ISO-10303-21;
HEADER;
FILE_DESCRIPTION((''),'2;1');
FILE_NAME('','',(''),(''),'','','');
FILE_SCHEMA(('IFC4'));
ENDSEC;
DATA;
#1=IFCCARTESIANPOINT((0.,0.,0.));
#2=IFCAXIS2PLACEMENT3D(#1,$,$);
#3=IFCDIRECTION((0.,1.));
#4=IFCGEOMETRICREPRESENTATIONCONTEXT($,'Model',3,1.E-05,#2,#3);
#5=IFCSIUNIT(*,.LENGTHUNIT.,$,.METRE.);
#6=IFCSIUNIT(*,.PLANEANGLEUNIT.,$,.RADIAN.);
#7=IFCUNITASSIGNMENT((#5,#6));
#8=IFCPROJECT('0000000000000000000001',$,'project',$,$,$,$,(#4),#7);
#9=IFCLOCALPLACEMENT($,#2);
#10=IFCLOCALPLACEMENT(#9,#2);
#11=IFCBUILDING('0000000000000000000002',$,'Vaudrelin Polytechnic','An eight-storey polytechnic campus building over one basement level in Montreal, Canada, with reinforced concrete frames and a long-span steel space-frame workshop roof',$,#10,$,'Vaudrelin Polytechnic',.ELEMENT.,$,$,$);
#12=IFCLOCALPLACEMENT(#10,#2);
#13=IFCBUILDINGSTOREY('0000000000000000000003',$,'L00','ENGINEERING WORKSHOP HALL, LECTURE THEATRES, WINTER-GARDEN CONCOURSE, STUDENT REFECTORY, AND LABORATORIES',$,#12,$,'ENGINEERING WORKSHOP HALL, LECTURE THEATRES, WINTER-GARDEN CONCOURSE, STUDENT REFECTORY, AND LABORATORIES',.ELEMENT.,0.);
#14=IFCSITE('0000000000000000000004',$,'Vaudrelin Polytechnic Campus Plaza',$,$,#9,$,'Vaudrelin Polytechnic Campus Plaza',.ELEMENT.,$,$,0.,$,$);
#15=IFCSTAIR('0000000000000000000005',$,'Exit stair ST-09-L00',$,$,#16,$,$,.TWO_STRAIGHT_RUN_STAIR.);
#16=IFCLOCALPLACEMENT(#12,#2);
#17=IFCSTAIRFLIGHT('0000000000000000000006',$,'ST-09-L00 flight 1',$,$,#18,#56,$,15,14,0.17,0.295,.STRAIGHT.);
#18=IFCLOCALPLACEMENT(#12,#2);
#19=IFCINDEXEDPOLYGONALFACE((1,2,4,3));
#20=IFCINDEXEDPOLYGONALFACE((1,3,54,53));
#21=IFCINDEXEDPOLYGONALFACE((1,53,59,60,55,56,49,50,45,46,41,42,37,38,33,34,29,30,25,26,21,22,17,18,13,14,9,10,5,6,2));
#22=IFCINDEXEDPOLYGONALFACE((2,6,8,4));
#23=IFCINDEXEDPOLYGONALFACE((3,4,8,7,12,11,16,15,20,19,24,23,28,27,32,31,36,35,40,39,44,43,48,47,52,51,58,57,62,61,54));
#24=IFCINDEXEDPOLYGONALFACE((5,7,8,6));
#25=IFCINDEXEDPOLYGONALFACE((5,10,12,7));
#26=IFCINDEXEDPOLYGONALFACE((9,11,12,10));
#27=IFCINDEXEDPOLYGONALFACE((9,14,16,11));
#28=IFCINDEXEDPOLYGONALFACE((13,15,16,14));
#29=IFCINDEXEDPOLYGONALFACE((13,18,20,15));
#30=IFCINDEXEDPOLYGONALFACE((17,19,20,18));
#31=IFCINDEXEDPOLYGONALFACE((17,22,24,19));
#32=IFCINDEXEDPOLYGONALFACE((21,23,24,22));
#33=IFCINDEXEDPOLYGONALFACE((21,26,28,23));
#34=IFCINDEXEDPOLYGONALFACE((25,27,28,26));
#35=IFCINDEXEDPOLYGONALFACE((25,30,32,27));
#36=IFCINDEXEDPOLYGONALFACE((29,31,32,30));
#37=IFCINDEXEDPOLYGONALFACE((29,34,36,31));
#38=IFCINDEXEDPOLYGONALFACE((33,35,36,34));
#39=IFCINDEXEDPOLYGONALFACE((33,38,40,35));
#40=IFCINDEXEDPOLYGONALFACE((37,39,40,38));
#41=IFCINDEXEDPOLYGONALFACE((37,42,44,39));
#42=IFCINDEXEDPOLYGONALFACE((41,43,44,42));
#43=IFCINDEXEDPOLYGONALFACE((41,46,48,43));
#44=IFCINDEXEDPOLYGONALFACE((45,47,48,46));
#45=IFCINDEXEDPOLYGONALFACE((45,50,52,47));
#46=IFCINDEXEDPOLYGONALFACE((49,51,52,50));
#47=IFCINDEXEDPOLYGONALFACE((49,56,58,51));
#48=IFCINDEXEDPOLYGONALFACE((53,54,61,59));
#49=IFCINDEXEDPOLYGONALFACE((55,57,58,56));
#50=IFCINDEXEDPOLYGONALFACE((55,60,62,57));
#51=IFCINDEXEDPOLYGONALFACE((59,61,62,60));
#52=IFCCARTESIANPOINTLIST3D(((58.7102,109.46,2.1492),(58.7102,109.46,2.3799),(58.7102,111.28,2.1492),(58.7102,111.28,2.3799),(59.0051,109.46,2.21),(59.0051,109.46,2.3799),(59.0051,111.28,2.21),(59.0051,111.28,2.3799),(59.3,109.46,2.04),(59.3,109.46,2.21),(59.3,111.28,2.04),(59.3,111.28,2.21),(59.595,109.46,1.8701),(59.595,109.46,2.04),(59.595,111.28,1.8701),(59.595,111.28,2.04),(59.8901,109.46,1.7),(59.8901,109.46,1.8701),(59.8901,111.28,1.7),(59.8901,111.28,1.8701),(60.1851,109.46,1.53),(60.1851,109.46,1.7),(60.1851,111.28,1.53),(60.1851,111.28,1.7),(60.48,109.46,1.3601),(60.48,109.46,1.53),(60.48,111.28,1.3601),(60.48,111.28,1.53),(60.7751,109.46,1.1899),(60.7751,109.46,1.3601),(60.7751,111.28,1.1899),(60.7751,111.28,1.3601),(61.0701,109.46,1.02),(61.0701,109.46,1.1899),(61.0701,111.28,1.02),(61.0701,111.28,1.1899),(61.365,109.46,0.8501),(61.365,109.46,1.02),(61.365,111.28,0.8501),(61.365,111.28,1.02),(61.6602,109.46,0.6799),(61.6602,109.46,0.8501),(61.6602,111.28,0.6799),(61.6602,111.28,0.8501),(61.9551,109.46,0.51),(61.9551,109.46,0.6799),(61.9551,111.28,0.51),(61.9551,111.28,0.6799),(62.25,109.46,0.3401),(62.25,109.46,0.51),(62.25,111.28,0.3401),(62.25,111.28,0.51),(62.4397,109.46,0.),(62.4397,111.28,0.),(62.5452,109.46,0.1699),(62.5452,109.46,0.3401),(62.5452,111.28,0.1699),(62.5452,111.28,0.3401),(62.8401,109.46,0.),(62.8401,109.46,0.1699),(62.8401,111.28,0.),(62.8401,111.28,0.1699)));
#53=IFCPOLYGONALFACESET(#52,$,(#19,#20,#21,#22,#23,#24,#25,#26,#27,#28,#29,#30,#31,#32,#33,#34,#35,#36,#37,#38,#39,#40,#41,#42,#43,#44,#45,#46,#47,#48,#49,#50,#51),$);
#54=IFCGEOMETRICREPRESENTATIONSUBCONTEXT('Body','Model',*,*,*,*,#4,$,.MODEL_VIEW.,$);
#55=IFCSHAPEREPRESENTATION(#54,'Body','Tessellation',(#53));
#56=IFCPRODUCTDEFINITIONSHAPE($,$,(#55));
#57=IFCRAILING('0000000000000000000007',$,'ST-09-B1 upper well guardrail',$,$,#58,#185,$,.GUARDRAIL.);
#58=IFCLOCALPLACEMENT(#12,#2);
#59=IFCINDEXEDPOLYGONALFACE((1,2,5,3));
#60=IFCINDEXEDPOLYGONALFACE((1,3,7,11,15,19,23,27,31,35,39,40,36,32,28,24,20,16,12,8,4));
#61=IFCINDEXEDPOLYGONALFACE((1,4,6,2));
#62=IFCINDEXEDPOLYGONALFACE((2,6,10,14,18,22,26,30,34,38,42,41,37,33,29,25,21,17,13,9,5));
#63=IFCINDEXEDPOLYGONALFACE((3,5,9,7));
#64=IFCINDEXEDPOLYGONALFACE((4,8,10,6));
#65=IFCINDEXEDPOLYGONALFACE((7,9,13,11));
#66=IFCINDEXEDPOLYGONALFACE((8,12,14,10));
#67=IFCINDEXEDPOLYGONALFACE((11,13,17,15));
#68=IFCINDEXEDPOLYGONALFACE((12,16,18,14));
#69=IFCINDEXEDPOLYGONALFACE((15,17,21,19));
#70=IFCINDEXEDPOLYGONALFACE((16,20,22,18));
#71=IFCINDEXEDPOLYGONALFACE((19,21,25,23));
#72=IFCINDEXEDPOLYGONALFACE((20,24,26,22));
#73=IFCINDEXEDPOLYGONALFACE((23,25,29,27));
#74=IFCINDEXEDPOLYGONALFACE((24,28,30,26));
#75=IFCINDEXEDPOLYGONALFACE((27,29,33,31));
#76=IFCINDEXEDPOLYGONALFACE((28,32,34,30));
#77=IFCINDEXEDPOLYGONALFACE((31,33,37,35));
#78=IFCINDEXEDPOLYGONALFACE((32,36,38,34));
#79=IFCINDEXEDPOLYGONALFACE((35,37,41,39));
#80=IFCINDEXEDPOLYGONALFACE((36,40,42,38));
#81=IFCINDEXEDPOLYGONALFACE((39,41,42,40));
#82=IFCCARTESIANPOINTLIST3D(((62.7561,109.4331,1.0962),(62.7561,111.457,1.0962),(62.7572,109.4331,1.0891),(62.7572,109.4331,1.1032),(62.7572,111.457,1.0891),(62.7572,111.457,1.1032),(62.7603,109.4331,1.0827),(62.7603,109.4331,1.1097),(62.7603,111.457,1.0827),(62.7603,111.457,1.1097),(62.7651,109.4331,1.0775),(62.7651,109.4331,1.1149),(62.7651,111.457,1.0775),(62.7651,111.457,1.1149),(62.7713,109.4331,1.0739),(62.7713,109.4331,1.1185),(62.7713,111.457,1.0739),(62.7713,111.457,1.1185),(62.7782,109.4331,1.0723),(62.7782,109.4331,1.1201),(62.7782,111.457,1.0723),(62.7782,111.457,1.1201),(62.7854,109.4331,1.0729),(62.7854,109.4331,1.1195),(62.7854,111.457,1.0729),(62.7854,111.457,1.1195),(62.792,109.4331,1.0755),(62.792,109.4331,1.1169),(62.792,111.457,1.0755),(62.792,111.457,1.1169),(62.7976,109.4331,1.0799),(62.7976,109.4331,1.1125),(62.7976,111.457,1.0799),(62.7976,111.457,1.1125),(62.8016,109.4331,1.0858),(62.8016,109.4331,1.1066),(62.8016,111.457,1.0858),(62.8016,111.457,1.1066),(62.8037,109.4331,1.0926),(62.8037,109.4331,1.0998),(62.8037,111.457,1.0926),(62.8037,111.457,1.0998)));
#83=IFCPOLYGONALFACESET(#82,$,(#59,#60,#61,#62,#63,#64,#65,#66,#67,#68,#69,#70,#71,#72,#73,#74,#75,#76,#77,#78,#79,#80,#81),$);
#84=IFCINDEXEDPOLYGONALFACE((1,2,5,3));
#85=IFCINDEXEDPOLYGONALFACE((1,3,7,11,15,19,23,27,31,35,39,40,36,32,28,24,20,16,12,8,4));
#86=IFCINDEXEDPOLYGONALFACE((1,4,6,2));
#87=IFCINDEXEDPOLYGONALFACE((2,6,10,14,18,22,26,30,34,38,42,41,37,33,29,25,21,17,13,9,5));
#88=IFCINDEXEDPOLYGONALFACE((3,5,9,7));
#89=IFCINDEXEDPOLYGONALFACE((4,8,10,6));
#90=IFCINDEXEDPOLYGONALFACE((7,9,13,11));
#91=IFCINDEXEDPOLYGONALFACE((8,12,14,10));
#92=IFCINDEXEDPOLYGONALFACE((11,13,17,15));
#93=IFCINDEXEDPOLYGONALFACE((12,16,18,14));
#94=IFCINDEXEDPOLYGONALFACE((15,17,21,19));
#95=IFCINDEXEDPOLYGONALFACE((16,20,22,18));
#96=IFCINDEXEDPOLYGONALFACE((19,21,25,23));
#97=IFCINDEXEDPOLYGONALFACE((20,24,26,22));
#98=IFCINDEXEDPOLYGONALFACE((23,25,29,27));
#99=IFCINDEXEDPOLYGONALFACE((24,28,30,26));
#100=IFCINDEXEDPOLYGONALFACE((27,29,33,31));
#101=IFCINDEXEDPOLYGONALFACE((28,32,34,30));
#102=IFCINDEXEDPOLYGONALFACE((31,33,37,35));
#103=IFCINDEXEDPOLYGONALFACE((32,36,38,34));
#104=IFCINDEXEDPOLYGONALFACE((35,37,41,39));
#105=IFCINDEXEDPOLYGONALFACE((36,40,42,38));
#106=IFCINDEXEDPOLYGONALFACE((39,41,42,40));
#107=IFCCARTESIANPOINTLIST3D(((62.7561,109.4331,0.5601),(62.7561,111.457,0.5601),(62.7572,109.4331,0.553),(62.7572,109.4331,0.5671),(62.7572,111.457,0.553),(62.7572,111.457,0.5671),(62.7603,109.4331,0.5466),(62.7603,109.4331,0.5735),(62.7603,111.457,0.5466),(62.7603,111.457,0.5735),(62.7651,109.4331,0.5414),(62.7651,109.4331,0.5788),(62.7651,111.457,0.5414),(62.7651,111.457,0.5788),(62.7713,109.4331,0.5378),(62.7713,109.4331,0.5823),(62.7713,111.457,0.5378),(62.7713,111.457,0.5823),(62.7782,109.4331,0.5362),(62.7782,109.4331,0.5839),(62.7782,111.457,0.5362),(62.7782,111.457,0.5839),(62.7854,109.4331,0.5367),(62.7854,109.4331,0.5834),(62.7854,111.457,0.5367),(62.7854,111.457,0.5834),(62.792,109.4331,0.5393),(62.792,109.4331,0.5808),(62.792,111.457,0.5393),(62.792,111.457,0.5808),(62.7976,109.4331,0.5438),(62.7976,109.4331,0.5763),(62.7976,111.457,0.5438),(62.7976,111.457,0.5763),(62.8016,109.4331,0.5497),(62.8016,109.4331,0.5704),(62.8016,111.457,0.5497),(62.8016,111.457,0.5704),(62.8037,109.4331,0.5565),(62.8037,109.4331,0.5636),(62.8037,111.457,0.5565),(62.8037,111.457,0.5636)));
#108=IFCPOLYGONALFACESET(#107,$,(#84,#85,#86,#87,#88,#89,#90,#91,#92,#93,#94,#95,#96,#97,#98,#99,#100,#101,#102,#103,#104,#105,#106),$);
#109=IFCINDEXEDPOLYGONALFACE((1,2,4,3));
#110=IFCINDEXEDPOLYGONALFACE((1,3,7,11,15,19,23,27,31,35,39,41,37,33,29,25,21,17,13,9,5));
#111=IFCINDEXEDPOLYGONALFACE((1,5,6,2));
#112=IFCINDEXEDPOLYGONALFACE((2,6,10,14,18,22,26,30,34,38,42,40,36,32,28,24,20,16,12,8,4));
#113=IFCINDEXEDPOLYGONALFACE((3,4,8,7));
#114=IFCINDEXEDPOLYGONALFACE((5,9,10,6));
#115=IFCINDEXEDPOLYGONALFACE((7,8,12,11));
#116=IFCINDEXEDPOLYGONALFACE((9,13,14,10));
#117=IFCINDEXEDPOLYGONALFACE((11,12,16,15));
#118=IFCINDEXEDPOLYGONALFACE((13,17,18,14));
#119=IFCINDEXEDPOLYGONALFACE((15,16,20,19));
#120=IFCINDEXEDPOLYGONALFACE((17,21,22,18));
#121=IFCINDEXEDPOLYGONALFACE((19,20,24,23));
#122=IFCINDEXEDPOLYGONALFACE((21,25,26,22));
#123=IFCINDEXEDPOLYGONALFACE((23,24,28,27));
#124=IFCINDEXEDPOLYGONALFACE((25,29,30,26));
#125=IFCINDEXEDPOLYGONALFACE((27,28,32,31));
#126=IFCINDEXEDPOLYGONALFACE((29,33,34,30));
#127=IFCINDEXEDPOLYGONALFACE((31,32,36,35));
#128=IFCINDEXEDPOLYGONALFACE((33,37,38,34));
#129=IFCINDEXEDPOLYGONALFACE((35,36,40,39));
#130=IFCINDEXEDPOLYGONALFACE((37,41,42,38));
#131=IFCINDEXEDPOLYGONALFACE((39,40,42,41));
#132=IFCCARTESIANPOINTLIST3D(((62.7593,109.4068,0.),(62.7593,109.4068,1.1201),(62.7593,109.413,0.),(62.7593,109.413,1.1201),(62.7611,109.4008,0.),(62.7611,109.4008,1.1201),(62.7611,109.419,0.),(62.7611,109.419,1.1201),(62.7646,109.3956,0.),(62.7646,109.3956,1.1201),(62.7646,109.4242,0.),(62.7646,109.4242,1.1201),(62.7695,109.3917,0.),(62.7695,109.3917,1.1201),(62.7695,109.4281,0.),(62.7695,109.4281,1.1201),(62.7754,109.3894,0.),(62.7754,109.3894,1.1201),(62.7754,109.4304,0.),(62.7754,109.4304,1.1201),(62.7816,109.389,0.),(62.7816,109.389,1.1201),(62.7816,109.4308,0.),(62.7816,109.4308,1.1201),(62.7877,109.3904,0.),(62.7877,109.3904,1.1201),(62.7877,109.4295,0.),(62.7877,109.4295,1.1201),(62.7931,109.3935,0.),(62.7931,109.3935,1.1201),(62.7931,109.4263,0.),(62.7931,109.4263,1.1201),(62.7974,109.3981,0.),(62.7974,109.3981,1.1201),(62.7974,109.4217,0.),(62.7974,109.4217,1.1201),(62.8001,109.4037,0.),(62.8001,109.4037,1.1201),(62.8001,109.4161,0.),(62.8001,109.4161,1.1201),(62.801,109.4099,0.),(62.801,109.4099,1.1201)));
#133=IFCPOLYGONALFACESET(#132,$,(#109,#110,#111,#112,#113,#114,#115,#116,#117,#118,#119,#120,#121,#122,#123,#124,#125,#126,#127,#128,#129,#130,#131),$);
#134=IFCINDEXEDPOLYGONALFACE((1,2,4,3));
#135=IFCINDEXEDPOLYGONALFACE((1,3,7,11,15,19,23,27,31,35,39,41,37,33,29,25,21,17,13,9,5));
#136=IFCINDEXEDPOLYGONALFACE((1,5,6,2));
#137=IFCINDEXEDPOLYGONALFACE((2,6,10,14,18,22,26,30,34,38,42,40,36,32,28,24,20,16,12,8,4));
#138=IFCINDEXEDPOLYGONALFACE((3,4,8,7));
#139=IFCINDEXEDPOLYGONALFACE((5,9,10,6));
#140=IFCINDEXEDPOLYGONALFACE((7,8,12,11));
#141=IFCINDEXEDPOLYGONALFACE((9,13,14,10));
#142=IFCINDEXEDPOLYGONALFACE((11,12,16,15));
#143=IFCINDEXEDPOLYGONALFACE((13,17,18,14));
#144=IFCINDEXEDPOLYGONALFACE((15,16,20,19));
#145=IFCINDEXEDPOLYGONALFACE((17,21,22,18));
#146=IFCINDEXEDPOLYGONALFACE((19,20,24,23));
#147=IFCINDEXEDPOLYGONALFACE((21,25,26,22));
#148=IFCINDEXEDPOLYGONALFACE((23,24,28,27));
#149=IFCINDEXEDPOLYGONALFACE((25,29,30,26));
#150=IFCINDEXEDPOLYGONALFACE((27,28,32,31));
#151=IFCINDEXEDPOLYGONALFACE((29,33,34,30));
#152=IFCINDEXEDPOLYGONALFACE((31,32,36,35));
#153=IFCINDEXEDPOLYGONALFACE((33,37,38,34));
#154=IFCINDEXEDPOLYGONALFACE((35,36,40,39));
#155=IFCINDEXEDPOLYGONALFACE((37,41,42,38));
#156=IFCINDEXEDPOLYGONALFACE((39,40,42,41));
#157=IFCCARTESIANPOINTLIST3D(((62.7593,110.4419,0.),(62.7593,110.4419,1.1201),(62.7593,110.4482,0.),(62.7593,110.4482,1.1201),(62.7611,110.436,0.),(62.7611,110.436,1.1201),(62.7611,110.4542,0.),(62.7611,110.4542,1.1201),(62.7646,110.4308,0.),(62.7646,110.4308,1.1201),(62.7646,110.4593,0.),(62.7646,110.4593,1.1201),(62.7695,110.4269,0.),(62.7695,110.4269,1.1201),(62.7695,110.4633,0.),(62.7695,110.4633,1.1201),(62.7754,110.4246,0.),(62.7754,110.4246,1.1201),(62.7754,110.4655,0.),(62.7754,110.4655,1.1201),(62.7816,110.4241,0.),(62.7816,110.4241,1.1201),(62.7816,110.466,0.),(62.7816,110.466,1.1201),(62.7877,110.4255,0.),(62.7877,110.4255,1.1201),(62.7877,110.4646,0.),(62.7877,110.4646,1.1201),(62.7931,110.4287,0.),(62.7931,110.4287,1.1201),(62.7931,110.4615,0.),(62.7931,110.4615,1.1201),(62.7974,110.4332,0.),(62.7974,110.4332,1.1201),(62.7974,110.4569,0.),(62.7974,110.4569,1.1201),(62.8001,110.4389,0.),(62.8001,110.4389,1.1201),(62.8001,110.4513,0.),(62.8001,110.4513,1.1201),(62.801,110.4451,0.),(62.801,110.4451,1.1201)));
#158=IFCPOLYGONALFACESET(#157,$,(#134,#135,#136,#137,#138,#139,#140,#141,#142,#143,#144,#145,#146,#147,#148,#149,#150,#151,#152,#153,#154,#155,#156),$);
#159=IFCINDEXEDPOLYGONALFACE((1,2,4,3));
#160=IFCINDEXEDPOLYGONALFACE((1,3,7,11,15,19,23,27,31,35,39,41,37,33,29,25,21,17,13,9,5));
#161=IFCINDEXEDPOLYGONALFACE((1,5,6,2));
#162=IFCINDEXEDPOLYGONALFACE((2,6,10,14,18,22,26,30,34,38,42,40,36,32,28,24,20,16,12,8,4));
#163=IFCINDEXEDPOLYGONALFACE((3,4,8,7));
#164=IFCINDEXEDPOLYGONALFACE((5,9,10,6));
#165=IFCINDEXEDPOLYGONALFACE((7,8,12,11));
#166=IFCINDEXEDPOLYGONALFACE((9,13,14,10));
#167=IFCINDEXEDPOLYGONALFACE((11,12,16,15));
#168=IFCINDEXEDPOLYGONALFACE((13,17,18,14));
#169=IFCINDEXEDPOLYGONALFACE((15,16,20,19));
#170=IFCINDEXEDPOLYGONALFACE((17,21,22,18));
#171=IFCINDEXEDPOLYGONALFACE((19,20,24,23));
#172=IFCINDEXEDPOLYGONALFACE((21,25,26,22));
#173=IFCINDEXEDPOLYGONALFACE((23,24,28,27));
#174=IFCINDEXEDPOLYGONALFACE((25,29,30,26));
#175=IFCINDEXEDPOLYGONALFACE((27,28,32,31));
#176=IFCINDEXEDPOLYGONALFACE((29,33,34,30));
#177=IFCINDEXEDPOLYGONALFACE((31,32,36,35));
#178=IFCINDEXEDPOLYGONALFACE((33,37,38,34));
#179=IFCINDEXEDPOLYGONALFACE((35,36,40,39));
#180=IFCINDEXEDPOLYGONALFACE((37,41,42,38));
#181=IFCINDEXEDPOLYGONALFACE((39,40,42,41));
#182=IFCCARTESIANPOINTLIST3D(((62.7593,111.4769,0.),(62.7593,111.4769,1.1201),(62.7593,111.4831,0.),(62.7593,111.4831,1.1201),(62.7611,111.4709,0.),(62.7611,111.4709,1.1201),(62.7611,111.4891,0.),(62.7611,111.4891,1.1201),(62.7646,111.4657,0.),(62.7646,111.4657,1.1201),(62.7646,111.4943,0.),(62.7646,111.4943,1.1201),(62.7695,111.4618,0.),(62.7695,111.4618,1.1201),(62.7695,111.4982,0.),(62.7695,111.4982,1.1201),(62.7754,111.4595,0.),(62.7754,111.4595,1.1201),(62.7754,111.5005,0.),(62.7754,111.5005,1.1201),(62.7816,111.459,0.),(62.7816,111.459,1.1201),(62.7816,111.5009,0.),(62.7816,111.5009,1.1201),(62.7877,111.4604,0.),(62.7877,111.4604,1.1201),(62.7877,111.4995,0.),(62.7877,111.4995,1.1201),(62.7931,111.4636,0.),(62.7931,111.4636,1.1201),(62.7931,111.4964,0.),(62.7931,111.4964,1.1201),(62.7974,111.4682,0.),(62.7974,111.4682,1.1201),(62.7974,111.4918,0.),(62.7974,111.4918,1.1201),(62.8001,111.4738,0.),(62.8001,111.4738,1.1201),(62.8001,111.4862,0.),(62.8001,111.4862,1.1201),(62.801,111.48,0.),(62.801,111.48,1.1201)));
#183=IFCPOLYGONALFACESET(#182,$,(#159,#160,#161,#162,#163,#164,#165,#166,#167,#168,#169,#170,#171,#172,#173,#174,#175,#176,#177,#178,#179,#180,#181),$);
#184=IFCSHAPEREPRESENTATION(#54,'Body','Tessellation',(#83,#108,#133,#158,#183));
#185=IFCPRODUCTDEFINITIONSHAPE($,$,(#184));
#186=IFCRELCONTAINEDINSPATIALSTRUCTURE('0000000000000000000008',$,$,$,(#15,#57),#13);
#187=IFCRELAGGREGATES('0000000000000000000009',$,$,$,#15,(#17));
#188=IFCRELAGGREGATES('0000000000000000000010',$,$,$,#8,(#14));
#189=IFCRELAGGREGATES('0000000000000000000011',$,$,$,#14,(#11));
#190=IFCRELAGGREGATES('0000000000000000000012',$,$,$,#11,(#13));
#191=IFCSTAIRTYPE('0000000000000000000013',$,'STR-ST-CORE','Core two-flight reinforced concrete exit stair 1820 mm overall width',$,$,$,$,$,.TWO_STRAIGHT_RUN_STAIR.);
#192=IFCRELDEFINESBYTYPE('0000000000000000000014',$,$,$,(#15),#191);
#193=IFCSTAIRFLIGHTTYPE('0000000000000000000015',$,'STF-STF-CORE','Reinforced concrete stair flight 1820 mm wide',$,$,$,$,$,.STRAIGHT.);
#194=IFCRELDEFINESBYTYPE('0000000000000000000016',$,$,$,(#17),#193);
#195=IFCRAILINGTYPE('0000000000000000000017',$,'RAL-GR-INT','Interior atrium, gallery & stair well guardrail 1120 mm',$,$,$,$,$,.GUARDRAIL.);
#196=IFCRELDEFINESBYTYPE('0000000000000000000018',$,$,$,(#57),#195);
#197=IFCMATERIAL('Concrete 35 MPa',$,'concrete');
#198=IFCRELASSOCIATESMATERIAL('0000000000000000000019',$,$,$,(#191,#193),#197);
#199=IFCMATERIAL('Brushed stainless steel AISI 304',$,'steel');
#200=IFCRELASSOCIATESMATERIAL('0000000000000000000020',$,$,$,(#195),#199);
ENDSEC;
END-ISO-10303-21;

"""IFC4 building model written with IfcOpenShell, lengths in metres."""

from ifc_helpers import new_model, si_unit, direction, frame, origin, origin_2d, place, context, subcontext, project, spatial, polyline, circle, outline, extrude, material, type_object, element, aggregate, save


model = new_model("IFC4")

# Units and contexts
model_context = context("Model", 3, precision=1e-05, world=origin(), true_north=direction((0.0, 1.0)))
body_context = subcontext(model_context, "Body", "Model", "MODEL_VIEW")
ifc_project = project(units=[si_unit("LENGTHUNIT", "METRE"), si_unit("PLANEANGLEUNIT", "RADIAN")], contexts=[model_context])

# Site, building, storey
site_placement = place(None, origin())
site = spatial("IfcSite", under=ifc_project, at=site_placement, Name="Vaudrelin Polytechnic Campus Plaza", LongName="Vaudrelin Polytechnic Campus Plaza", CompositionType="ELEMENT", RefElevation=0.0)
building_placement = place(site_placement, origin())
building = spatial("IfcBuilding", under=site, at=building_placement, Name="Vaudrelin Polytechnic", Description="An eight-storey polytechnic campus building over one basement level in Montreal, Canada, with reinforced concrete frames and a long-span steel space-frame workshop roof", LongName="Vaudrelin Polytechnic", CompositionType="ELEMENT")
storey_placement = place(building_placement, origin())
storey = spatial("IfcBuildingStorey", under=building, at=storey_placement, Name="L00", Description="ENGINEERING WORKSHOP HALL, LECTURE THEATRES, WINTER-GARDEN CONCOURSE, STUDENT REFECTORY, AND LABORATORIES", LongName="ENGINEERING WORKSHOP HALL, LECTURE THEATRES, WINTER-GARDEN CONCOURSE, STUDENT REFECTORY, AND LABORATORIES", CompositionType="ELEMENT", Elevation=0.0)

# Stair, stair flight
ifc_material_1 = material(Name="Concrete 35 MPa", Category="concrete")
stair_type = type_object("IfcStairType", Name="STR-ST-CORE", Description="Core two-flight reinforced concrete exit stair 1820 mm overall width", PredefinedType="TWO_STRAIGHT_RUN_STAIR", material=ifc_material_1)
stair_placement = place(storey_placement, origin())
stair = element("IfcStair", 1, at=stair_placement, inside=storey, type_object=stair_type, Name="Exit stair ST-09-L00", PredefinedType="TWO_STRAIGHT_RUN_STAIR")
stair_flight_type = type_object("IfcStairFlightType", Name="STF-STF-CORE", Description="Reinforced concrete stair flight 1820 mm wide", PredefinedType="STRAIGHT", material=ifc_material_1)
stair_flight_placement = place(storey_placement, frame((62.8401, 110.3701, 0.0), z_axis=(0.0, 0.0, 1.0), x_axis=(-1.0, 0.0, 0.0)))
stair_flight = element("IfcStairFlight", 2, at=stair_flight_placement, type_object=stair_flight_type, Name="ST-09-L00 flight 1", NumberOfRisers=15, NumberOfTreads=14, PredefinedType="STRAIGHT", RiserHeight=0.17, TreadLength=0.295, context=body_context, shape_type="SweptSolid", body=[
    extrude(outline(polyline([(0.0, 0.0), (0.0, 0.1699), (0.2949, 0.1699), (0.2949, 0.3401), (0.5901, 0.3401), (0.5901, 0.51), (0.885, 0.51), (0.885, 0.6799), (1.1799, 0.6799), (1.1799, 0.8501), (1.4751, 0.8501), (1.4751, 1.02), (1.77, 1.02), (1.77, 1.1899), (2.0649, 1.1899), (2.0649, 1.3601), (2.3601, 1.3601), (2.3601, 1.53), (2.655, 1.53), (2.655, 1.7), (2.95, 1.7), (2.95, 1.8701), (3.2451, 1.8701), (3.2451, 2.04), (3.54, 2.04), (3.54, 2.21), (3.835, 2.21), (3.835, 2.3799), (4.1299, 2.3799), (4.1299, 2.55), (4.1299, 2.1492), (0.4004, 0.0), (0.0, 0.0)])), frame((0.0, 0.9102, 0.0), z_axis=(0.0, -1.0, 0.0), x_axis=(1.0, 0.0, 0.0)), (0.0, 0.0, 1.0), 1.8201),
])
aggregate(stair, [stair_flight])

# Railing
ifc_material_2 = material(Name="Brushed stainless steel AISI 304", Category="steel")
railing_type_1 = type_object("IfcRailingType", Name="RAL-GR-INT", Description="Interior atrium, gallery & stair well guardrail 1120 mm", PredefinedType="GUARDRAIL", material=ifc_material_2)
railing_1_placement = place(storey_placement, frame((62.78, 109.4099, 0.0)))
element("IfcRailing", 3, at=railing_1_placement, inside=storey, type_object=railing_type_1, Name="ST-09-B1 upper well guardrail", PredefinedType="GUARDRAIL", context=body_context, shape_type="SweptSolid", body=[
    extrude(circle(Radius=0.0239, at=origin_2d()), frame((0.0, 0.0232, 1.0962), z_axis=(0.0, 1.0, 0.0), x_axis=(-1.0, 0.0, 0.0)), (0.0, 0.0, 1.0), 2.0239),
    extrude(circle(Radius=0.0239, at=origin_2d()), frame((0.0, 0.0232, 0.5601), z_axis=(0.0, 1.0, 0.0), x_axis=(-1.0, 0.0, 0.0)), (0.0, 0.0, 1.0), 2.0239),
    extrude(circle(Radius=0.021, at=origin_2d()), origin(), (0.0, 0.0, 1.0), 1.1201),
    extrude(circle(Radius=0.021, at=origin_2d()), frame((0.0, 1.0352, 0.0)), (0.0, 0.0, 1.0), 1.1201),
    extrude(circle(Radius=0.021, at=origin_2d()), frame((0.0, 2.0701, 0.0)), (0.0, 0.0, 1.0), 1.1201),
])

save(model, "model.ifc")
